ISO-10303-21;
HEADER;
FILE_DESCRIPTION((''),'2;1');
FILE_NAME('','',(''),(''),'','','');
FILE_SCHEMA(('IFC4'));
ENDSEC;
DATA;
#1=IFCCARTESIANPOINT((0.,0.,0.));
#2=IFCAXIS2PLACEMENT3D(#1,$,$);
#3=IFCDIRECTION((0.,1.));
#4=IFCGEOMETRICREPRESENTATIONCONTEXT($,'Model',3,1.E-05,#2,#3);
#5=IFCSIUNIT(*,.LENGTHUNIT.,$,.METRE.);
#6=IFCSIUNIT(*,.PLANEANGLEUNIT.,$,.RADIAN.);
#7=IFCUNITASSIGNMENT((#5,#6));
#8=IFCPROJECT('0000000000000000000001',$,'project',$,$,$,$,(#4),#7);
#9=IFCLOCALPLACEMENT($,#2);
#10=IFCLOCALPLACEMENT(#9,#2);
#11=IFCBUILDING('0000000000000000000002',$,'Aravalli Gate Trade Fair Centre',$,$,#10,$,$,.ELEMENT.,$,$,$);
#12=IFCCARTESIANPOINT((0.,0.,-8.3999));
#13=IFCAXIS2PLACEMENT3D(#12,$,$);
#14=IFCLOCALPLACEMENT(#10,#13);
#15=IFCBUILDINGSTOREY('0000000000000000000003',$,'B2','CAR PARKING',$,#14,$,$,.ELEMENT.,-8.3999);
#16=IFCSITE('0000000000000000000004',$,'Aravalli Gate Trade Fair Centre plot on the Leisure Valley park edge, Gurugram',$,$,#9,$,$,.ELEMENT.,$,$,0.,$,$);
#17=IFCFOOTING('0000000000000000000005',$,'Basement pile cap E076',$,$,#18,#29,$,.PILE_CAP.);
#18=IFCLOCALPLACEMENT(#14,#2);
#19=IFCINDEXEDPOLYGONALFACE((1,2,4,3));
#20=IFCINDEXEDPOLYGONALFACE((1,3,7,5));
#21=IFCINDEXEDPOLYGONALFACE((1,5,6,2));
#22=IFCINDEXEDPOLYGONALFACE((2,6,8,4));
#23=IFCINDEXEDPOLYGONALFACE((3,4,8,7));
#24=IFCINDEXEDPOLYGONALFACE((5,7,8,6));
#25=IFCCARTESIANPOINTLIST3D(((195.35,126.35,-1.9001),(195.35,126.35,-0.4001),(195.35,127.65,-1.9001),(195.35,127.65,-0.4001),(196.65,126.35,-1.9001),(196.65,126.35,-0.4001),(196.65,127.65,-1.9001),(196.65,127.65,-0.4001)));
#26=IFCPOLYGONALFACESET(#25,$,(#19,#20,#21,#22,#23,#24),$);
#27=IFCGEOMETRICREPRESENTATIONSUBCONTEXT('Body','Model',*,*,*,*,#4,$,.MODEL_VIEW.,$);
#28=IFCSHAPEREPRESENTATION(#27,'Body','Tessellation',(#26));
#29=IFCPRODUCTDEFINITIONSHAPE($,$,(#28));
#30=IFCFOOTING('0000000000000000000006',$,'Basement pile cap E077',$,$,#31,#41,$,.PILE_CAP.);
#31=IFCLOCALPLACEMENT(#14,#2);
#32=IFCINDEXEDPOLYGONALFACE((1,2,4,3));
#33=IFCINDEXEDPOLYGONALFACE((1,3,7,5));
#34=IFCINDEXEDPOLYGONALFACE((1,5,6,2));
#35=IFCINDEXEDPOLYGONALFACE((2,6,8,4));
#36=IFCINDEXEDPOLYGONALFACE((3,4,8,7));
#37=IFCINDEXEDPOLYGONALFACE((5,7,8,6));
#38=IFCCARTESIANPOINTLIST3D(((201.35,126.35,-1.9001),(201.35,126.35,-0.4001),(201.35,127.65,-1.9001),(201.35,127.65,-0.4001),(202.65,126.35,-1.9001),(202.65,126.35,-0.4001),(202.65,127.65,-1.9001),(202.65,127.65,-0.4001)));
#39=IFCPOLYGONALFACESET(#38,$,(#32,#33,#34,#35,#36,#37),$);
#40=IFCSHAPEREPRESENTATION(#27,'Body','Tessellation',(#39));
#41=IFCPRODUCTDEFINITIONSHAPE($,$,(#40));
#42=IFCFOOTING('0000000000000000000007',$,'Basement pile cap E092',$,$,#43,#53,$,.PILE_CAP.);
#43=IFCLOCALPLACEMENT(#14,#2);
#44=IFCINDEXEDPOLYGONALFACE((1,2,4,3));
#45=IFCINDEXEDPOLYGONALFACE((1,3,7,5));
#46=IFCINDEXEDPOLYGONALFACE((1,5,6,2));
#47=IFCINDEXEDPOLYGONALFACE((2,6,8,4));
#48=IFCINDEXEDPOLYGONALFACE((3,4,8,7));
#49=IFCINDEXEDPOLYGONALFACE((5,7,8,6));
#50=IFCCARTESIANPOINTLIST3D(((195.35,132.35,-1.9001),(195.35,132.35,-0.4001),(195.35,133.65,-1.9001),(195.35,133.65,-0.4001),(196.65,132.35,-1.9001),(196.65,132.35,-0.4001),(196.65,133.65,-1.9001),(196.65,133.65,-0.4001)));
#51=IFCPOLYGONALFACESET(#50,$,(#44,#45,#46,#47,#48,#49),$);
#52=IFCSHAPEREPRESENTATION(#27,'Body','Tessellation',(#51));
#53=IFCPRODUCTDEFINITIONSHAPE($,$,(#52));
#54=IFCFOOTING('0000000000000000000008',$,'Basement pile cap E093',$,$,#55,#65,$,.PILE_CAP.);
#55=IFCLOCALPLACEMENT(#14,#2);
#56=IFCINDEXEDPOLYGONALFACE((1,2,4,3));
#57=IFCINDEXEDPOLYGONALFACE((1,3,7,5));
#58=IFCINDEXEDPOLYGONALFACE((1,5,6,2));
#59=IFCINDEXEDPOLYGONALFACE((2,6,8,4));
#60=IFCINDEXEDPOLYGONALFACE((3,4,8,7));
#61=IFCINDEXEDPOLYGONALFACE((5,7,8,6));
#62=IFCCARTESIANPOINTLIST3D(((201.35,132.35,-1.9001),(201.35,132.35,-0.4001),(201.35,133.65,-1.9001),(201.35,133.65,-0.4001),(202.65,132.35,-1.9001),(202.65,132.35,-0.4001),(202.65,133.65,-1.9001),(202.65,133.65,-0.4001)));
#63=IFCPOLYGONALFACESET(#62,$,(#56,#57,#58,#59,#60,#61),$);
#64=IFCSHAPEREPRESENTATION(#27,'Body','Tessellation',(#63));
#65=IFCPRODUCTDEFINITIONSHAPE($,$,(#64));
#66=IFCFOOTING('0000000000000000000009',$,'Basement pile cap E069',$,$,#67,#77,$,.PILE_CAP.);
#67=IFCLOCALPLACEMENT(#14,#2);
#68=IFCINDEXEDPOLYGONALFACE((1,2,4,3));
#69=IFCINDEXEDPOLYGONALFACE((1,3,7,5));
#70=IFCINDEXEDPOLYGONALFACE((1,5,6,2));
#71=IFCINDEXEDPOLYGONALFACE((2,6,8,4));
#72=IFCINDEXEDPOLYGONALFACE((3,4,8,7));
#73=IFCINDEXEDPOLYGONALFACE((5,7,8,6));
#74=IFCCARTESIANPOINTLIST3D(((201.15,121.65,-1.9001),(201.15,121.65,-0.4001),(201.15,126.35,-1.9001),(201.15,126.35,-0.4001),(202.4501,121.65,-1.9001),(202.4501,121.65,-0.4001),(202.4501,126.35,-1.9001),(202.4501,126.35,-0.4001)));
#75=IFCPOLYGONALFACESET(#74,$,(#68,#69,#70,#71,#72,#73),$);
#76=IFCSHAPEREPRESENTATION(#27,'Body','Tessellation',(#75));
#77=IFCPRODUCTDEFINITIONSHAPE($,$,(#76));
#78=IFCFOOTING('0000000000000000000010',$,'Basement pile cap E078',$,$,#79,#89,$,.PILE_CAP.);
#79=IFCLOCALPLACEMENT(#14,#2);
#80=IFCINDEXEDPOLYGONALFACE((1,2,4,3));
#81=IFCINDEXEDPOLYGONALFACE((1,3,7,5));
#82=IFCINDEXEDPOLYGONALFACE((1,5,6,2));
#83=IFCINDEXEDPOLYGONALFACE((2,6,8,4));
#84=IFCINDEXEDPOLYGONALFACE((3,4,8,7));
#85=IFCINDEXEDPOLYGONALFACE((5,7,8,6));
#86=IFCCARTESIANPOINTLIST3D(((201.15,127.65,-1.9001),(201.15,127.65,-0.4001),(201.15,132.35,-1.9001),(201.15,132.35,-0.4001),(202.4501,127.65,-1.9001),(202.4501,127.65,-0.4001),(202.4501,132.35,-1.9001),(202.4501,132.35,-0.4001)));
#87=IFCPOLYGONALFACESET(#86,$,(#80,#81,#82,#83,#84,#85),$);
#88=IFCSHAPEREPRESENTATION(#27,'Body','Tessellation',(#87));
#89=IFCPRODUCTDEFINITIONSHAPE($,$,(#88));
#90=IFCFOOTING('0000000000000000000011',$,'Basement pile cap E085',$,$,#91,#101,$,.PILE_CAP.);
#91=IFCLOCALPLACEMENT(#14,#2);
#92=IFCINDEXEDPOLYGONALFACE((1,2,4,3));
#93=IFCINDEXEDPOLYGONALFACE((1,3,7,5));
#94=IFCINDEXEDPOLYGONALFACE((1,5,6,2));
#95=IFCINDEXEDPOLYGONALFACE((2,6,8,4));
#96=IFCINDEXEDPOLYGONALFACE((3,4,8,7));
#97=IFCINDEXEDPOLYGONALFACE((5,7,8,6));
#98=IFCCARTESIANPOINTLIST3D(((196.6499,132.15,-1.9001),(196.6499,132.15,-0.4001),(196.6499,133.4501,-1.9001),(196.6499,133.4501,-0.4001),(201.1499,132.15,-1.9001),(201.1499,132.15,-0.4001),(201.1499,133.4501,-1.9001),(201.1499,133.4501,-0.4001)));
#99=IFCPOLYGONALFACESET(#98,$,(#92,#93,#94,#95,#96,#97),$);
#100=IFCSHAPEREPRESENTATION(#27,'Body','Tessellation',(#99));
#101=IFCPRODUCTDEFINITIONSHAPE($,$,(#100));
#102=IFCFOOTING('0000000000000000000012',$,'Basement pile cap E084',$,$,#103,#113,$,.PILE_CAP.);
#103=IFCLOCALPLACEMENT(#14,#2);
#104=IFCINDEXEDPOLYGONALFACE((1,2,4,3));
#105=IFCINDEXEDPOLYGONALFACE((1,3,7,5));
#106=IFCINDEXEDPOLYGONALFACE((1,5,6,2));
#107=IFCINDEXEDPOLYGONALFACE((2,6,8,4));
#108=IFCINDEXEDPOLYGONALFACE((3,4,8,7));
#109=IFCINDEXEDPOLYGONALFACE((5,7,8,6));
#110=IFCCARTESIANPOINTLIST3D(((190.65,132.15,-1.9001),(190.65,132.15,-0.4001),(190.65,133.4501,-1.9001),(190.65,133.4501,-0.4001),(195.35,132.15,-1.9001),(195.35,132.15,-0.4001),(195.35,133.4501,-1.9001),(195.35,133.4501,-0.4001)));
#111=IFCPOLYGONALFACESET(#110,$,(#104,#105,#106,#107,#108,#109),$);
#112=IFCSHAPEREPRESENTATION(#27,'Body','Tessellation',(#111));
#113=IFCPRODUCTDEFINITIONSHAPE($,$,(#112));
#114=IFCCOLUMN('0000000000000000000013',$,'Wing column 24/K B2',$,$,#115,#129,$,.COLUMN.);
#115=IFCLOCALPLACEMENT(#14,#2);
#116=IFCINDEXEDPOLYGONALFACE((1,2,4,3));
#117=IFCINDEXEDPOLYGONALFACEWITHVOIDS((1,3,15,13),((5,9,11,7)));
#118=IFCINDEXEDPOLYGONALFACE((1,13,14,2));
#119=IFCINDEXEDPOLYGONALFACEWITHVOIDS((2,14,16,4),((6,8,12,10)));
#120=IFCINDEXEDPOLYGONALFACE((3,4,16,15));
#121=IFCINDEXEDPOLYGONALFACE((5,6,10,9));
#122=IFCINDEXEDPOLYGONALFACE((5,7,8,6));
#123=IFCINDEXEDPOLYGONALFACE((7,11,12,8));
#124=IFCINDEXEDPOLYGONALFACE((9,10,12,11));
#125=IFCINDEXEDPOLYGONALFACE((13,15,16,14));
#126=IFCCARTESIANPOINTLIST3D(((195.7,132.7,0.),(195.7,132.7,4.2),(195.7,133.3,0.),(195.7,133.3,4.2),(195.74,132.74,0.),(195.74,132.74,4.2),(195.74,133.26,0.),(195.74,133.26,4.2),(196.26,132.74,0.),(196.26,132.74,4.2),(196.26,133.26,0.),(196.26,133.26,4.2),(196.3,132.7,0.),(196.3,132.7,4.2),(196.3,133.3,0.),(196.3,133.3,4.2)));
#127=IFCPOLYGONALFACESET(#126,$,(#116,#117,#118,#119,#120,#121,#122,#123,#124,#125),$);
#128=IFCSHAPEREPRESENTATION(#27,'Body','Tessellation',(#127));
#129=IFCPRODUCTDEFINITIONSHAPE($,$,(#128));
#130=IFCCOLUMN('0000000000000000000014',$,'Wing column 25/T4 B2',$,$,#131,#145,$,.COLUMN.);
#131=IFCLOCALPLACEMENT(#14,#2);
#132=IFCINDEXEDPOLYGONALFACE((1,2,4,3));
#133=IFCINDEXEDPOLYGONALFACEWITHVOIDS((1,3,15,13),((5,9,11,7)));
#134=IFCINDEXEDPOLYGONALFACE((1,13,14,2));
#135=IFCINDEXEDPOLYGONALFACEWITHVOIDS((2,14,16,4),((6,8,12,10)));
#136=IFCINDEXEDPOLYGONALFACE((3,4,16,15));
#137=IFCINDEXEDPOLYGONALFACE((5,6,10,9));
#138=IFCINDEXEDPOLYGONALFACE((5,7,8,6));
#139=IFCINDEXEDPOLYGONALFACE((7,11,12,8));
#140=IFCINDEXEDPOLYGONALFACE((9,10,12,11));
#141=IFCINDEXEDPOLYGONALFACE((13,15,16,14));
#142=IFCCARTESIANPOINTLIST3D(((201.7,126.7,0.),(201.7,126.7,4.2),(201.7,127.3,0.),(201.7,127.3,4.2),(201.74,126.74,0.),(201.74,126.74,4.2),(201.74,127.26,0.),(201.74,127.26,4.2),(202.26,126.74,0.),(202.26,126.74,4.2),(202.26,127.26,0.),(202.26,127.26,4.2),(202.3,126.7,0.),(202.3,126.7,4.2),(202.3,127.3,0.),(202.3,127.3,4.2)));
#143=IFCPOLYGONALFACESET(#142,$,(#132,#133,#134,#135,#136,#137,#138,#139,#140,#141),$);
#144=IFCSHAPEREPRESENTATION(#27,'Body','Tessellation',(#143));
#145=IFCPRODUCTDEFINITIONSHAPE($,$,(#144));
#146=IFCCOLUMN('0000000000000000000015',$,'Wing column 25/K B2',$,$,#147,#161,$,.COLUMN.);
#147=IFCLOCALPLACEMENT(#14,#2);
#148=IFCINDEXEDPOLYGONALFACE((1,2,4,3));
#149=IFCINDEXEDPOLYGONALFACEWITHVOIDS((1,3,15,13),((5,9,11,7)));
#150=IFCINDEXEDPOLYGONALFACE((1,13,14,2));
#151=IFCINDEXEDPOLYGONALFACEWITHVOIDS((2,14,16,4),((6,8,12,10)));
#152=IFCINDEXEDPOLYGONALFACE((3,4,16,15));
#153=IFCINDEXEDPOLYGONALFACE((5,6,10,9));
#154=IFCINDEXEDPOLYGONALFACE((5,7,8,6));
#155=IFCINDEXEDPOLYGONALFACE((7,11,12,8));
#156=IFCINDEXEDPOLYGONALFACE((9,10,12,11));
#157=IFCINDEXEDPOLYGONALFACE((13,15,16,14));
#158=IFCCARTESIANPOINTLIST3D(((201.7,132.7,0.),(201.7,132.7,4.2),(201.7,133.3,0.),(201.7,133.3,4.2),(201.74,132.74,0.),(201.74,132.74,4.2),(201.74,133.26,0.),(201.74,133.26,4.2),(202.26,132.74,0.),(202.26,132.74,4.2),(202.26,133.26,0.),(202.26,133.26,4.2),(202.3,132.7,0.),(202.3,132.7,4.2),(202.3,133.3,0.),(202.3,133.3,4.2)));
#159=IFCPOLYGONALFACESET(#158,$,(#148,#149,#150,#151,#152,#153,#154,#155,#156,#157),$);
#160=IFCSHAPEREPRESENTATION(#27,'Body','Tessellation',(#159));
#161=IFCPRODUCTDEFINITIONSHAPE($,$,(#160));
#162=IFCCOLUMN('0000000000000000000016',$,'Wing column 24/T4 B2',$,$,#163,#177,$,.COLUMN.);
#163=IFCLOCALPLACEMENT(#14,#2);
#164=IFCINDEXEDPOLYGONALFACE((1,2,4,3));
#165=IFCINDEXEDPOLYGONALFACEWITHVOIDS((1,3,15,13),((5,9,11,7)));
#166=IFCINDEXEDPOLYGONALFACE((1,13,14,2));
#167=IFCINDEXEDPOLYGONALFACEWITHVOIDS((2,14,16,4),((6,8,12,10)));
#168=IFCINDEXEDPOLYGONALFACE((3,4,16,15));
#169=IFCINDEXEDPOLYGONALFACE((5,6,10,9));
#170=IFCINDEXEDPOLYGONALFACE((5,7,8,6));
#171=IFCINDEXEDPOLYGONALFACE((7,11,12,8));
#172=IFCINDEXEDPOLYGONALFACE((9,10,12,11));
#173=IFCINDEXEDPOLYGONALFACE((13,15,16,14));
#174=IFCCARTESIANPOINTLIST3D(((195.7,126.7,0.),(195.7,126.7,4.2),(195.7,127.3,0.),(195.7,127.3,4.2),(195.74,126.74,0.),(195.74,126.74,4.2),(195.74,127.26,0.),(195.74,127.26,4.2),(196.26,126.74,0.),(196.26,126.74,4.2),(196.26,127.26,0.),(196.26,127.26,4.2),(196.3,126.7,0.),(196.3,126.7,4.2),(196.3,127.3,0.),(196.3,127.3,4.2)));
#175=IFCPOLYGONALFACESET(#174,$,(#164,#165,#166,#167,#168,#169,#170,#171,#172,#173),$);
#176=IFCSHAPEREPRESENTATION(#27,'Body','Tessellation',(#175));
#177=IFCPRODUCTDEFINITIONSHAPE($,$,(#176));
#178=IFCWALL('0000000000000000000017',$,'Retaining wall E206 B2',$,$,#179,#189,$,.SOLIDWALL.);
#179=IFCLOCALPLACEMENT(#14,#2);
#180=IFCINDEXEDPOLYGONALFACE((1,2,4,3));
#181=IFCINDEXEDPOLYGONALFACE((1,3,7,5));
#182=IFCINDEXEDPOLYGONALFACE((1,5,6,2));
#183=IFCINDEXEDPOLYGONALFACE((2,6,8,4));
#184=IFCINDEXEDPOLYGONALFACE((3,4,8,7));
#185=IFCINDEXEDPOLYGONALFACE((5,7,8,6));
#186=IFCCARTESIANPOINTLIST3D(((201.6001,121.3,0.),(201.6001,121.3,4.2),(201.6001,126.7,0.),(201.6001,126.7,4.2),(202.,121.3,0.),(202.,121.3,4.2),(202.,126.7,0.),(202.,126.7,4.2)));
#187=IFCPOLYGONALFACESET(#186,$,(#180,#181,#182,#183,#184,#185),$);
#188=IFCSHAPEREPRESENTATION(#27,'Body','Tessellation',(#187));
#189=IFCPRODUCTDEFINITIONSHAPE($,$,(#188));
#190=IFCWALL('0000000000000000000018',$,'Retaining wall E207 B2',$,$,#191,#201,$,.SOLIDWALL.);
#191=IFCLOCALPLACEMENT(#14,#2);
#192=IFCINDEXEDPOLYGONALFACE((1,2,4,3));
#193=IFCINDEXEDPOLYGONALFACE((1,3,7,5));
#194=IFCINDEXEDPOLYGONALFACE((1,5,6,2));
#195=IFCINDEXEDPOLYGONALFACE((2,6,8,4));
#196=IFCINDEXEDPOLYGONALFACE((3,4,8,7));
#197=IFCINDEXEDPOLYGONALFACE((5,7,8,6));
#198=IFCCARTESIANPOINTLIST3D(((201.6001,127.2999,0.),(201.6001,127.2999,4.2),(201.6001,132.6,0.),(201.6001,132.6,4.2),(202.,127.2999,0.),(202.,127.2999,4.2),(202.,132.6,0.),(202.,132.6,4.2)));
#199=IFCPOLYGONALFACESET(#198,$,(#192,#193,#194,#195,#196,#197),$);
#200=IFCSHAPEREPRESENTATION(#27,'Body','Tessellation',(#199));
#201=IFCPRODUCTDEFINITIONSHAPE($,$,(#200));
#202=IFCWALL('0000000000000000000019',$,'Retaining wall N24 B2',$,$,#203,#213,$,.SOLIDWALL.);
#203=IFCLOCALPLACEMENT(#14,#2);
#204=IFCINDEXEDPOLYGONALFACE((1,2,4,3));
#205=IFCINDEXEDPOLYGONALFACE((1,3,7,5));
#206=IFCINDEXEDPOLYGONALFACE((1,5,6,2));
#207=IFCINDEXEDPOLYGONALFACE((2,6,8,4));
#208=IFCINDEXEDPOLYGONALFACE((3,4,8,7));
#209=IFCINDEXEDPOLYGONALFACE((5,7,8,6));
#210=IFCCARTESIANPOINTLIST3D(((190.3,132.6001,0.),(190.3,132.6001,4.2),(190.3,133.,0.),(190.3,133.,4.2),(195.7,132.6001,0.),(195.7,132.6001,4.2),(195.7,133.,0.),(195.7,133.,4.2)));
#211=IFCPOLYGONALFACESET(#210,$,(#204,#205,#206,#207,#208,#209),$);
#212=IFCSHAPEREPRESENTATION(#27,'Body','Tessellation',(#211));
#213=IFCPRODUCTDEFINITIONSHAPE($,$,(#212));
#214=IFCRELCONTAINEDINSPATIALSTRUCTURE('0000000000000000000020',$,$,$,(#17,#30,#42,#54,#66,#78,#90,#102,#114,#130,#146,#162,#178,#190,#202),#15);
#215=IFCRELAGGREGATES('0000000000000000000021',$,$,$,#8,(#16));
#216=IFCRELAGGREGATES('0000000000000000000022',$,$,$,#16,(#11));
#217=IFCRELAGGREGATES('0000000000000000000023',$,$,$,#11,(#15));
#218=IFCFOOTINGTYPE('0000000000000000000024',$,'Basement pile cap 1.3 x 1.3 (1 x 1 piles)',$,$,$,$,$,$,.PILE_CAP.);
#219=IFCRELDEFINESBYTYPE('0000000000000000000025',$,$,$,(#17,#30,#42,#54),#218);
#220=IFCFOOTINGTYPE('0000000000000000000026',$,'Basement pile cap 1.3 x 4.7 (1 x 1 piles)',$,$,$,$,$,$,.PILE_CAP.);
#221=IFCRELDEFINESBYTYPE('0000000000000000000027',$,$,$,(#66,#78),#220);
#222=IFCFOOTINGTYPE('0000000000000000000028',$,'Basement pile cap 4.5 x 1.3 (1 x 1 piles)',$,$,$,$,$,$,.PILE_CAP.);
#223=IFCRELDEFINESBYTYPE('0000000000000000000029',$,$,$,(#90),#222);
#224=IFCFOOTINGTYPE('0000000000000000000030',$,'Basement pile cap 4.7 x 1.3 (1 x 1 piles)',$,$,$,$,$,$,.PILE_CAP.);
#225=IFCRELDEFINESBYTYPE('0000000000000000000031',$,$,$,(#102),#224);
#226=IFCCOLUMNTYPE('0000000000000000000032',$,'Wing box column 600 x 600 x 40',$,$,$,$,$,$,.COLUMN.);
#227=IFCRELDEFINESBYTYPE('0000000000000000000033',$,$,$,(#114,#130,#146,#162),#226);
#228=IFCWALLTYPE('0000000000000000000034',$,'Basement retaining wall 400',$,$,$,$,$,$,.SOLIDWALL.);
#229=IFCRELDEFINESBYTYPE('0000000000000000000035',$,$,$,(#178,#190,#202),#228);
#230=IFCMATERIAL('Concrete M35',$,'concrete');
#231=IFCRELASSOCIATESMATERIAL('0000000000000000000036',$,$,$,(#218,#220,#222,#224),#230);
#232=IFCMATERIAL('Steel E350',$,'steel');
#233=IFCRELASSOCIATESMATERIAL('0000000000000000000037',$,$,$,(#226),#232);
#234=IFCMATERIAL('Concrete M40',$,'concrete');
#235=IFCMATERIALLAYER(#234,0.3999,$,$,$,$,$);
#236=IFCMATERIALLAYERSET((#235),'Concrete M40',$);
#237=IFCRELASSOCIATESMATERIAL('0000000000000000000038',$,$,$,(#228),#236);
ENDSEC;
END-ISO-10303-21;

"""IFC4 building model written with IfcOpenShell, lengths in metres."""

from ifc_helpers import new_model, si_unit, direction, frame, frame_2d, origin, origin_2d, place, context, subcontext, project, spatial, rectangle, hollow_rectangle, extrude, material, layer, layer_set, material_profile, profile_set, type_object, element, save


model = new_model("IFC4")

# Units and contexts
model_context = context("Model", 3, precision=1e-05, world=origin(), true_north=direction((0.0, 1.0)))
body_context = subcontext(model_context, "Body", "Model", "MODEL_VIEW")
ifc_project = project(units=[si_unit("LENGTHUNIT", "METRE"), si_unit("PLANEANGLEUNIT", "RADIAN")], contexts=[model_context])

# Site, building, storey
site_placement = place(None, origin())
site = spatial("IfcSite", under=ifc_project, at=site_placement, Name="Aravalli Gate Trade Fair Centre plot on the Leisure Valley park edge, Gurugram", CompositionType="ELEMENT", RefElevation=0.0)
building_placement = place(site_placement, origin())
building = spatial("IfcBuilding", under=site, at=building_placement, Name="Aravalli Gate Trade Fair Centre", CompositionType="ELEMENT")
storey_placement = place(building_placement, frame((0.0, 0.0, -8.3999)))
storey = spatial("IfcBuildingStorey", under=building, at=storey_placement, Name="B2", Description="CAR PARKING", CompositionType="ELEMENT", Elevation=-8.3999)

# Shared definitions
ifc_material_1 = material(Name="Concrete M35", Category="concrete")

# Footings
footing_type_1 = type_object("IfcFootingType", Name="Basement pile cap 1.3 x 1.3 (1 x 1 piles)", PredefinedType="PILE_CAP", material=ifc_material_1)
for number, where, z_axis, x_axis, name in (
    (1, (196.0, 127.0, -1.9001), (0.0, 0.0, 1.0), (1.0, 0.0, 0.0), "Basement pile cap E076"),
    (2, (202.0, 127.0, -1.9001), (0.0, 0.0, 1.0), (1.0, 0.0, 0.0), "Basement pile cap E077"),
    (3, (196.0, 133.0, -1.9001), (0.0, 0.0, 1.0), (1.0, 0.0, 0.0), "Basement pile cap E092"),
    (4, (202.0, 133.0, -1.9001), (0.0, 0.0, 1.0), (1.0, 0.0, 0.0), "Basement pile cap E093"),
):
    element("IfcFooting", number, at=place(storey_placement, frame(where, z_axis=z_axis, x_axis=x_axis)), inside=storey, type_object=footing_type_1, Name=name, PredefinedType="PILE_CAP", context=body_context, shape_type="SweptSolid", body=[
        extrude(rectangle(XDim=1.3, YDim=1.3, at=origin_2d()), origin(), (0.0, 0.0, 1.0), 1.5),
    ])
footing_type_2 = type_object("IfcFootingType", Name="Basement pile cap 1.3 x 4.7 (1 x 1 piles)", PredefinedType="PILE_CAP", material=ifc_material_1)
for number, where, z_axis, x_axis, name in (
    (5, (201.8, 124.0, -1.9001), (0.0, 0.0, 1.0), (1.0, 0.0, 0.0), "Basement pile cap E069"),
    (6, (201.8, 130.0, -1.9001), (0.0, 0.0, 1.0), (1.0, 0.0, 0.0), "Basement pile cap E078"),
):
    element("IfcFooting", number, at=place(storey_placement, frame(where, z_axis=z_axis, x_axis=x_axis)), inside=storey, type_object=footing_type_2, Name=name, PredefinedType="PILE_CAP", context=body_context, shape_type="SweptSolid", body=[
        extrude(rectangle(XDim=1.3, YDim=4.7, at=origin_2d()), origin(), (0.0, 0.0, 1.0), 1.5),
    ])
footing_type_3 = type_object("IfcFootingType", Name="Basement pile cap 4.5 x 1.3 (1 x 1 piles)", PredefinedType="PILE_CAP", material=ifc_material_1)
footing_1_placement = place(storey_placement, frame((198.8999, 132.8, -1.9001), z_axis=(0.0, 0.0, 1.0), x_axis=(1.0, 0.0, 0.0)))
element("IfcFooting", 7, at=footing_1_placement, inside=storey, type_object=footing_type_3, Name="Basement pile cap E085", PredefinedType="PILE_CAP", context=body_context, shape_type="SweptSolid", body=[
    extrude(rectangle(XDim=4.5, YDim=1.3, at=origin_2d()), origin(), (0.0, 0.0, 1.0), 1.5),
])
footing_type_4 = type_object("IfcFootingType", Name="Basement pile cap 4.7 x 1.3 (1 x 1 piles)", PredefinedType="PILE_CAP", material=ifc_material_1)
footing_2_placement = place(storey_placement, frame((193.0, 132.8, -1.9001), z_axis=(0.0, 0.0, 1.0), x_axis=(1.0, 0.0, 0.0)))
element("IfcFooting", 8, at=footing_2_placement, inside=storey, type_object=footing_type_4, Name="Basement pile cap E084", PredefinedType="PILE_CAP", context=body_context, shape_type="SweptSolid", body=[
    extrude(rectangle(XDim=4.7, YDim=1.3, at=origin_2d()), origin(), (0.0, 0.0, 1.0), 1.5),
])

# Columns
ifc_material_2 = material(Name="Steel E350", Category="steel")
ifc_material_profile_1 = material_profile(ifc_material_2, hollow_rectangle(XDim=0.6001, YDim=0.6001, WallThickness=0.04, at=origin_2d()), Name="BOX 600x600x40")
ifc_profile_set_1 = profile_set([ifc_material_profile_1], Name="Steel E350")
column_type = type_object("IfcColumnType", Name="Wing box column 600 x 600 x 40", PredefinedType="COLUMN", material=ifc_profile_set_1)
for number, where, z_axis, x_axis, name in (
    (9, (196.0, 133.0, 0.0), (0.0, 0.0, 1.0), (1.0, 0.0, 0.0), "Wing column 24/K B2"),
    (10, (202.0, 127.0, 0.0), (0.0, 0.0, 1.0), (1.0, 0.0, 0.0), "Wing column 25/T4 B2"),
    (11, (202.0, 133.0, 0.0), (0.0, 0.0, 1.0), (1.0, 0.0, 0.0), "Wing column 25/K B2"),
    (12, (196.0, 127.0, 0.0), (0.0, 0.0, 1.0), (1.0, 0.0, 0.0), "Wing column 24/T4 B2"),
):
    element("IfcColumn", number, at=place(storey_placement, frame(where, z_axis=z_axis, x_axis=x_axis)), inside=storey, type_object=column_type, Name=name, PredefinedType="COLUMN", context=body_context, shape_type="SweptSolid", body=[
        extrude(hollow_rectangle(XDim=0.6001, YDim=0.6001, WallThickness=0.04, at=origin_2d()), origin(), (0.0, 0.0, 1.0), 4.2),
    ])

# Walls
ifc_material_3 = material(Name="Concrete M40", Category="concrete")
ifc_layer = layer(ifc_material_3, 0.3999)
ifc_layer_set = layer_set([ifc_layer], Name="Concrete M40")
wall_type = type_object("IfcWallType", Name="Basement retaining wall 400", PredefinedType="SOLIDWALL", material=ifc_layer_set)
wall_1_placement = place(storey_placement, frame((201.8, 121.3, 0.0), z_axis=(0.0, 0.0, 1.0), x_axis=(0.0, 1.0, 0.0)))
element("IfcWall", 13, at=wall_1_placement, inside=storey, type_object=wall_type, Name="Retaining wall E206 B2", PredefinedType="SOLIDWALL", context=body_context, shape_type="SweptSolid", body=[
    extrude(rectangle(XDim=5.3999, YDim=0.3999, at=frame_2d((2.7, 0.0))), origin(), (0.0, 0.0, 1.0), 4.2),
])
wall_2_placement = place(storey_placement, frame((201.8, 127.3, 0.0), z_axis=(0.0, 0.0, 1.0), x_axis=(0.0, 1.0, 0.0)))
element("IfcWall", 14, at=wall_2_placement, inside=storey, type_object=wall_type, Name="Retaining wall E207 B2", PredefinedType="SOLIDWALL", context=body_context, shape_type="SweptSolid", body=[
    extrude(rectangle(XDim=5.3, YDim=0.3999, at=frame_2d((2.6499, 0.0))), origin(), (0.0, 0.0, 1.0), 4.2),
])
for number, where, z_axis, x_axis, name in (
    (15, (190.3, 132.8, 0.0), (0.0, 0.0, 1.0), (1.0, 0.0, 0.0), "Retaining wall N24 B2"),
):
    element("IfcWall", number, at=place(storey_placement, frame(where, z_axis=z_axis, x_axis=x_axis)), inside=storey, type_object=wall_type, Name=name, PredefinedType="SOLIDWALL", context=body_context, shape_type="SweptSolid", body=[
        extrude(rectangle(XDim=5.3999, YDim=0.3999, at=frame_2d((2.7, 0.0))), origin(), (0.0, 0.0, 1.0), 4.2),
    ])

save(model, "model.ifc")
